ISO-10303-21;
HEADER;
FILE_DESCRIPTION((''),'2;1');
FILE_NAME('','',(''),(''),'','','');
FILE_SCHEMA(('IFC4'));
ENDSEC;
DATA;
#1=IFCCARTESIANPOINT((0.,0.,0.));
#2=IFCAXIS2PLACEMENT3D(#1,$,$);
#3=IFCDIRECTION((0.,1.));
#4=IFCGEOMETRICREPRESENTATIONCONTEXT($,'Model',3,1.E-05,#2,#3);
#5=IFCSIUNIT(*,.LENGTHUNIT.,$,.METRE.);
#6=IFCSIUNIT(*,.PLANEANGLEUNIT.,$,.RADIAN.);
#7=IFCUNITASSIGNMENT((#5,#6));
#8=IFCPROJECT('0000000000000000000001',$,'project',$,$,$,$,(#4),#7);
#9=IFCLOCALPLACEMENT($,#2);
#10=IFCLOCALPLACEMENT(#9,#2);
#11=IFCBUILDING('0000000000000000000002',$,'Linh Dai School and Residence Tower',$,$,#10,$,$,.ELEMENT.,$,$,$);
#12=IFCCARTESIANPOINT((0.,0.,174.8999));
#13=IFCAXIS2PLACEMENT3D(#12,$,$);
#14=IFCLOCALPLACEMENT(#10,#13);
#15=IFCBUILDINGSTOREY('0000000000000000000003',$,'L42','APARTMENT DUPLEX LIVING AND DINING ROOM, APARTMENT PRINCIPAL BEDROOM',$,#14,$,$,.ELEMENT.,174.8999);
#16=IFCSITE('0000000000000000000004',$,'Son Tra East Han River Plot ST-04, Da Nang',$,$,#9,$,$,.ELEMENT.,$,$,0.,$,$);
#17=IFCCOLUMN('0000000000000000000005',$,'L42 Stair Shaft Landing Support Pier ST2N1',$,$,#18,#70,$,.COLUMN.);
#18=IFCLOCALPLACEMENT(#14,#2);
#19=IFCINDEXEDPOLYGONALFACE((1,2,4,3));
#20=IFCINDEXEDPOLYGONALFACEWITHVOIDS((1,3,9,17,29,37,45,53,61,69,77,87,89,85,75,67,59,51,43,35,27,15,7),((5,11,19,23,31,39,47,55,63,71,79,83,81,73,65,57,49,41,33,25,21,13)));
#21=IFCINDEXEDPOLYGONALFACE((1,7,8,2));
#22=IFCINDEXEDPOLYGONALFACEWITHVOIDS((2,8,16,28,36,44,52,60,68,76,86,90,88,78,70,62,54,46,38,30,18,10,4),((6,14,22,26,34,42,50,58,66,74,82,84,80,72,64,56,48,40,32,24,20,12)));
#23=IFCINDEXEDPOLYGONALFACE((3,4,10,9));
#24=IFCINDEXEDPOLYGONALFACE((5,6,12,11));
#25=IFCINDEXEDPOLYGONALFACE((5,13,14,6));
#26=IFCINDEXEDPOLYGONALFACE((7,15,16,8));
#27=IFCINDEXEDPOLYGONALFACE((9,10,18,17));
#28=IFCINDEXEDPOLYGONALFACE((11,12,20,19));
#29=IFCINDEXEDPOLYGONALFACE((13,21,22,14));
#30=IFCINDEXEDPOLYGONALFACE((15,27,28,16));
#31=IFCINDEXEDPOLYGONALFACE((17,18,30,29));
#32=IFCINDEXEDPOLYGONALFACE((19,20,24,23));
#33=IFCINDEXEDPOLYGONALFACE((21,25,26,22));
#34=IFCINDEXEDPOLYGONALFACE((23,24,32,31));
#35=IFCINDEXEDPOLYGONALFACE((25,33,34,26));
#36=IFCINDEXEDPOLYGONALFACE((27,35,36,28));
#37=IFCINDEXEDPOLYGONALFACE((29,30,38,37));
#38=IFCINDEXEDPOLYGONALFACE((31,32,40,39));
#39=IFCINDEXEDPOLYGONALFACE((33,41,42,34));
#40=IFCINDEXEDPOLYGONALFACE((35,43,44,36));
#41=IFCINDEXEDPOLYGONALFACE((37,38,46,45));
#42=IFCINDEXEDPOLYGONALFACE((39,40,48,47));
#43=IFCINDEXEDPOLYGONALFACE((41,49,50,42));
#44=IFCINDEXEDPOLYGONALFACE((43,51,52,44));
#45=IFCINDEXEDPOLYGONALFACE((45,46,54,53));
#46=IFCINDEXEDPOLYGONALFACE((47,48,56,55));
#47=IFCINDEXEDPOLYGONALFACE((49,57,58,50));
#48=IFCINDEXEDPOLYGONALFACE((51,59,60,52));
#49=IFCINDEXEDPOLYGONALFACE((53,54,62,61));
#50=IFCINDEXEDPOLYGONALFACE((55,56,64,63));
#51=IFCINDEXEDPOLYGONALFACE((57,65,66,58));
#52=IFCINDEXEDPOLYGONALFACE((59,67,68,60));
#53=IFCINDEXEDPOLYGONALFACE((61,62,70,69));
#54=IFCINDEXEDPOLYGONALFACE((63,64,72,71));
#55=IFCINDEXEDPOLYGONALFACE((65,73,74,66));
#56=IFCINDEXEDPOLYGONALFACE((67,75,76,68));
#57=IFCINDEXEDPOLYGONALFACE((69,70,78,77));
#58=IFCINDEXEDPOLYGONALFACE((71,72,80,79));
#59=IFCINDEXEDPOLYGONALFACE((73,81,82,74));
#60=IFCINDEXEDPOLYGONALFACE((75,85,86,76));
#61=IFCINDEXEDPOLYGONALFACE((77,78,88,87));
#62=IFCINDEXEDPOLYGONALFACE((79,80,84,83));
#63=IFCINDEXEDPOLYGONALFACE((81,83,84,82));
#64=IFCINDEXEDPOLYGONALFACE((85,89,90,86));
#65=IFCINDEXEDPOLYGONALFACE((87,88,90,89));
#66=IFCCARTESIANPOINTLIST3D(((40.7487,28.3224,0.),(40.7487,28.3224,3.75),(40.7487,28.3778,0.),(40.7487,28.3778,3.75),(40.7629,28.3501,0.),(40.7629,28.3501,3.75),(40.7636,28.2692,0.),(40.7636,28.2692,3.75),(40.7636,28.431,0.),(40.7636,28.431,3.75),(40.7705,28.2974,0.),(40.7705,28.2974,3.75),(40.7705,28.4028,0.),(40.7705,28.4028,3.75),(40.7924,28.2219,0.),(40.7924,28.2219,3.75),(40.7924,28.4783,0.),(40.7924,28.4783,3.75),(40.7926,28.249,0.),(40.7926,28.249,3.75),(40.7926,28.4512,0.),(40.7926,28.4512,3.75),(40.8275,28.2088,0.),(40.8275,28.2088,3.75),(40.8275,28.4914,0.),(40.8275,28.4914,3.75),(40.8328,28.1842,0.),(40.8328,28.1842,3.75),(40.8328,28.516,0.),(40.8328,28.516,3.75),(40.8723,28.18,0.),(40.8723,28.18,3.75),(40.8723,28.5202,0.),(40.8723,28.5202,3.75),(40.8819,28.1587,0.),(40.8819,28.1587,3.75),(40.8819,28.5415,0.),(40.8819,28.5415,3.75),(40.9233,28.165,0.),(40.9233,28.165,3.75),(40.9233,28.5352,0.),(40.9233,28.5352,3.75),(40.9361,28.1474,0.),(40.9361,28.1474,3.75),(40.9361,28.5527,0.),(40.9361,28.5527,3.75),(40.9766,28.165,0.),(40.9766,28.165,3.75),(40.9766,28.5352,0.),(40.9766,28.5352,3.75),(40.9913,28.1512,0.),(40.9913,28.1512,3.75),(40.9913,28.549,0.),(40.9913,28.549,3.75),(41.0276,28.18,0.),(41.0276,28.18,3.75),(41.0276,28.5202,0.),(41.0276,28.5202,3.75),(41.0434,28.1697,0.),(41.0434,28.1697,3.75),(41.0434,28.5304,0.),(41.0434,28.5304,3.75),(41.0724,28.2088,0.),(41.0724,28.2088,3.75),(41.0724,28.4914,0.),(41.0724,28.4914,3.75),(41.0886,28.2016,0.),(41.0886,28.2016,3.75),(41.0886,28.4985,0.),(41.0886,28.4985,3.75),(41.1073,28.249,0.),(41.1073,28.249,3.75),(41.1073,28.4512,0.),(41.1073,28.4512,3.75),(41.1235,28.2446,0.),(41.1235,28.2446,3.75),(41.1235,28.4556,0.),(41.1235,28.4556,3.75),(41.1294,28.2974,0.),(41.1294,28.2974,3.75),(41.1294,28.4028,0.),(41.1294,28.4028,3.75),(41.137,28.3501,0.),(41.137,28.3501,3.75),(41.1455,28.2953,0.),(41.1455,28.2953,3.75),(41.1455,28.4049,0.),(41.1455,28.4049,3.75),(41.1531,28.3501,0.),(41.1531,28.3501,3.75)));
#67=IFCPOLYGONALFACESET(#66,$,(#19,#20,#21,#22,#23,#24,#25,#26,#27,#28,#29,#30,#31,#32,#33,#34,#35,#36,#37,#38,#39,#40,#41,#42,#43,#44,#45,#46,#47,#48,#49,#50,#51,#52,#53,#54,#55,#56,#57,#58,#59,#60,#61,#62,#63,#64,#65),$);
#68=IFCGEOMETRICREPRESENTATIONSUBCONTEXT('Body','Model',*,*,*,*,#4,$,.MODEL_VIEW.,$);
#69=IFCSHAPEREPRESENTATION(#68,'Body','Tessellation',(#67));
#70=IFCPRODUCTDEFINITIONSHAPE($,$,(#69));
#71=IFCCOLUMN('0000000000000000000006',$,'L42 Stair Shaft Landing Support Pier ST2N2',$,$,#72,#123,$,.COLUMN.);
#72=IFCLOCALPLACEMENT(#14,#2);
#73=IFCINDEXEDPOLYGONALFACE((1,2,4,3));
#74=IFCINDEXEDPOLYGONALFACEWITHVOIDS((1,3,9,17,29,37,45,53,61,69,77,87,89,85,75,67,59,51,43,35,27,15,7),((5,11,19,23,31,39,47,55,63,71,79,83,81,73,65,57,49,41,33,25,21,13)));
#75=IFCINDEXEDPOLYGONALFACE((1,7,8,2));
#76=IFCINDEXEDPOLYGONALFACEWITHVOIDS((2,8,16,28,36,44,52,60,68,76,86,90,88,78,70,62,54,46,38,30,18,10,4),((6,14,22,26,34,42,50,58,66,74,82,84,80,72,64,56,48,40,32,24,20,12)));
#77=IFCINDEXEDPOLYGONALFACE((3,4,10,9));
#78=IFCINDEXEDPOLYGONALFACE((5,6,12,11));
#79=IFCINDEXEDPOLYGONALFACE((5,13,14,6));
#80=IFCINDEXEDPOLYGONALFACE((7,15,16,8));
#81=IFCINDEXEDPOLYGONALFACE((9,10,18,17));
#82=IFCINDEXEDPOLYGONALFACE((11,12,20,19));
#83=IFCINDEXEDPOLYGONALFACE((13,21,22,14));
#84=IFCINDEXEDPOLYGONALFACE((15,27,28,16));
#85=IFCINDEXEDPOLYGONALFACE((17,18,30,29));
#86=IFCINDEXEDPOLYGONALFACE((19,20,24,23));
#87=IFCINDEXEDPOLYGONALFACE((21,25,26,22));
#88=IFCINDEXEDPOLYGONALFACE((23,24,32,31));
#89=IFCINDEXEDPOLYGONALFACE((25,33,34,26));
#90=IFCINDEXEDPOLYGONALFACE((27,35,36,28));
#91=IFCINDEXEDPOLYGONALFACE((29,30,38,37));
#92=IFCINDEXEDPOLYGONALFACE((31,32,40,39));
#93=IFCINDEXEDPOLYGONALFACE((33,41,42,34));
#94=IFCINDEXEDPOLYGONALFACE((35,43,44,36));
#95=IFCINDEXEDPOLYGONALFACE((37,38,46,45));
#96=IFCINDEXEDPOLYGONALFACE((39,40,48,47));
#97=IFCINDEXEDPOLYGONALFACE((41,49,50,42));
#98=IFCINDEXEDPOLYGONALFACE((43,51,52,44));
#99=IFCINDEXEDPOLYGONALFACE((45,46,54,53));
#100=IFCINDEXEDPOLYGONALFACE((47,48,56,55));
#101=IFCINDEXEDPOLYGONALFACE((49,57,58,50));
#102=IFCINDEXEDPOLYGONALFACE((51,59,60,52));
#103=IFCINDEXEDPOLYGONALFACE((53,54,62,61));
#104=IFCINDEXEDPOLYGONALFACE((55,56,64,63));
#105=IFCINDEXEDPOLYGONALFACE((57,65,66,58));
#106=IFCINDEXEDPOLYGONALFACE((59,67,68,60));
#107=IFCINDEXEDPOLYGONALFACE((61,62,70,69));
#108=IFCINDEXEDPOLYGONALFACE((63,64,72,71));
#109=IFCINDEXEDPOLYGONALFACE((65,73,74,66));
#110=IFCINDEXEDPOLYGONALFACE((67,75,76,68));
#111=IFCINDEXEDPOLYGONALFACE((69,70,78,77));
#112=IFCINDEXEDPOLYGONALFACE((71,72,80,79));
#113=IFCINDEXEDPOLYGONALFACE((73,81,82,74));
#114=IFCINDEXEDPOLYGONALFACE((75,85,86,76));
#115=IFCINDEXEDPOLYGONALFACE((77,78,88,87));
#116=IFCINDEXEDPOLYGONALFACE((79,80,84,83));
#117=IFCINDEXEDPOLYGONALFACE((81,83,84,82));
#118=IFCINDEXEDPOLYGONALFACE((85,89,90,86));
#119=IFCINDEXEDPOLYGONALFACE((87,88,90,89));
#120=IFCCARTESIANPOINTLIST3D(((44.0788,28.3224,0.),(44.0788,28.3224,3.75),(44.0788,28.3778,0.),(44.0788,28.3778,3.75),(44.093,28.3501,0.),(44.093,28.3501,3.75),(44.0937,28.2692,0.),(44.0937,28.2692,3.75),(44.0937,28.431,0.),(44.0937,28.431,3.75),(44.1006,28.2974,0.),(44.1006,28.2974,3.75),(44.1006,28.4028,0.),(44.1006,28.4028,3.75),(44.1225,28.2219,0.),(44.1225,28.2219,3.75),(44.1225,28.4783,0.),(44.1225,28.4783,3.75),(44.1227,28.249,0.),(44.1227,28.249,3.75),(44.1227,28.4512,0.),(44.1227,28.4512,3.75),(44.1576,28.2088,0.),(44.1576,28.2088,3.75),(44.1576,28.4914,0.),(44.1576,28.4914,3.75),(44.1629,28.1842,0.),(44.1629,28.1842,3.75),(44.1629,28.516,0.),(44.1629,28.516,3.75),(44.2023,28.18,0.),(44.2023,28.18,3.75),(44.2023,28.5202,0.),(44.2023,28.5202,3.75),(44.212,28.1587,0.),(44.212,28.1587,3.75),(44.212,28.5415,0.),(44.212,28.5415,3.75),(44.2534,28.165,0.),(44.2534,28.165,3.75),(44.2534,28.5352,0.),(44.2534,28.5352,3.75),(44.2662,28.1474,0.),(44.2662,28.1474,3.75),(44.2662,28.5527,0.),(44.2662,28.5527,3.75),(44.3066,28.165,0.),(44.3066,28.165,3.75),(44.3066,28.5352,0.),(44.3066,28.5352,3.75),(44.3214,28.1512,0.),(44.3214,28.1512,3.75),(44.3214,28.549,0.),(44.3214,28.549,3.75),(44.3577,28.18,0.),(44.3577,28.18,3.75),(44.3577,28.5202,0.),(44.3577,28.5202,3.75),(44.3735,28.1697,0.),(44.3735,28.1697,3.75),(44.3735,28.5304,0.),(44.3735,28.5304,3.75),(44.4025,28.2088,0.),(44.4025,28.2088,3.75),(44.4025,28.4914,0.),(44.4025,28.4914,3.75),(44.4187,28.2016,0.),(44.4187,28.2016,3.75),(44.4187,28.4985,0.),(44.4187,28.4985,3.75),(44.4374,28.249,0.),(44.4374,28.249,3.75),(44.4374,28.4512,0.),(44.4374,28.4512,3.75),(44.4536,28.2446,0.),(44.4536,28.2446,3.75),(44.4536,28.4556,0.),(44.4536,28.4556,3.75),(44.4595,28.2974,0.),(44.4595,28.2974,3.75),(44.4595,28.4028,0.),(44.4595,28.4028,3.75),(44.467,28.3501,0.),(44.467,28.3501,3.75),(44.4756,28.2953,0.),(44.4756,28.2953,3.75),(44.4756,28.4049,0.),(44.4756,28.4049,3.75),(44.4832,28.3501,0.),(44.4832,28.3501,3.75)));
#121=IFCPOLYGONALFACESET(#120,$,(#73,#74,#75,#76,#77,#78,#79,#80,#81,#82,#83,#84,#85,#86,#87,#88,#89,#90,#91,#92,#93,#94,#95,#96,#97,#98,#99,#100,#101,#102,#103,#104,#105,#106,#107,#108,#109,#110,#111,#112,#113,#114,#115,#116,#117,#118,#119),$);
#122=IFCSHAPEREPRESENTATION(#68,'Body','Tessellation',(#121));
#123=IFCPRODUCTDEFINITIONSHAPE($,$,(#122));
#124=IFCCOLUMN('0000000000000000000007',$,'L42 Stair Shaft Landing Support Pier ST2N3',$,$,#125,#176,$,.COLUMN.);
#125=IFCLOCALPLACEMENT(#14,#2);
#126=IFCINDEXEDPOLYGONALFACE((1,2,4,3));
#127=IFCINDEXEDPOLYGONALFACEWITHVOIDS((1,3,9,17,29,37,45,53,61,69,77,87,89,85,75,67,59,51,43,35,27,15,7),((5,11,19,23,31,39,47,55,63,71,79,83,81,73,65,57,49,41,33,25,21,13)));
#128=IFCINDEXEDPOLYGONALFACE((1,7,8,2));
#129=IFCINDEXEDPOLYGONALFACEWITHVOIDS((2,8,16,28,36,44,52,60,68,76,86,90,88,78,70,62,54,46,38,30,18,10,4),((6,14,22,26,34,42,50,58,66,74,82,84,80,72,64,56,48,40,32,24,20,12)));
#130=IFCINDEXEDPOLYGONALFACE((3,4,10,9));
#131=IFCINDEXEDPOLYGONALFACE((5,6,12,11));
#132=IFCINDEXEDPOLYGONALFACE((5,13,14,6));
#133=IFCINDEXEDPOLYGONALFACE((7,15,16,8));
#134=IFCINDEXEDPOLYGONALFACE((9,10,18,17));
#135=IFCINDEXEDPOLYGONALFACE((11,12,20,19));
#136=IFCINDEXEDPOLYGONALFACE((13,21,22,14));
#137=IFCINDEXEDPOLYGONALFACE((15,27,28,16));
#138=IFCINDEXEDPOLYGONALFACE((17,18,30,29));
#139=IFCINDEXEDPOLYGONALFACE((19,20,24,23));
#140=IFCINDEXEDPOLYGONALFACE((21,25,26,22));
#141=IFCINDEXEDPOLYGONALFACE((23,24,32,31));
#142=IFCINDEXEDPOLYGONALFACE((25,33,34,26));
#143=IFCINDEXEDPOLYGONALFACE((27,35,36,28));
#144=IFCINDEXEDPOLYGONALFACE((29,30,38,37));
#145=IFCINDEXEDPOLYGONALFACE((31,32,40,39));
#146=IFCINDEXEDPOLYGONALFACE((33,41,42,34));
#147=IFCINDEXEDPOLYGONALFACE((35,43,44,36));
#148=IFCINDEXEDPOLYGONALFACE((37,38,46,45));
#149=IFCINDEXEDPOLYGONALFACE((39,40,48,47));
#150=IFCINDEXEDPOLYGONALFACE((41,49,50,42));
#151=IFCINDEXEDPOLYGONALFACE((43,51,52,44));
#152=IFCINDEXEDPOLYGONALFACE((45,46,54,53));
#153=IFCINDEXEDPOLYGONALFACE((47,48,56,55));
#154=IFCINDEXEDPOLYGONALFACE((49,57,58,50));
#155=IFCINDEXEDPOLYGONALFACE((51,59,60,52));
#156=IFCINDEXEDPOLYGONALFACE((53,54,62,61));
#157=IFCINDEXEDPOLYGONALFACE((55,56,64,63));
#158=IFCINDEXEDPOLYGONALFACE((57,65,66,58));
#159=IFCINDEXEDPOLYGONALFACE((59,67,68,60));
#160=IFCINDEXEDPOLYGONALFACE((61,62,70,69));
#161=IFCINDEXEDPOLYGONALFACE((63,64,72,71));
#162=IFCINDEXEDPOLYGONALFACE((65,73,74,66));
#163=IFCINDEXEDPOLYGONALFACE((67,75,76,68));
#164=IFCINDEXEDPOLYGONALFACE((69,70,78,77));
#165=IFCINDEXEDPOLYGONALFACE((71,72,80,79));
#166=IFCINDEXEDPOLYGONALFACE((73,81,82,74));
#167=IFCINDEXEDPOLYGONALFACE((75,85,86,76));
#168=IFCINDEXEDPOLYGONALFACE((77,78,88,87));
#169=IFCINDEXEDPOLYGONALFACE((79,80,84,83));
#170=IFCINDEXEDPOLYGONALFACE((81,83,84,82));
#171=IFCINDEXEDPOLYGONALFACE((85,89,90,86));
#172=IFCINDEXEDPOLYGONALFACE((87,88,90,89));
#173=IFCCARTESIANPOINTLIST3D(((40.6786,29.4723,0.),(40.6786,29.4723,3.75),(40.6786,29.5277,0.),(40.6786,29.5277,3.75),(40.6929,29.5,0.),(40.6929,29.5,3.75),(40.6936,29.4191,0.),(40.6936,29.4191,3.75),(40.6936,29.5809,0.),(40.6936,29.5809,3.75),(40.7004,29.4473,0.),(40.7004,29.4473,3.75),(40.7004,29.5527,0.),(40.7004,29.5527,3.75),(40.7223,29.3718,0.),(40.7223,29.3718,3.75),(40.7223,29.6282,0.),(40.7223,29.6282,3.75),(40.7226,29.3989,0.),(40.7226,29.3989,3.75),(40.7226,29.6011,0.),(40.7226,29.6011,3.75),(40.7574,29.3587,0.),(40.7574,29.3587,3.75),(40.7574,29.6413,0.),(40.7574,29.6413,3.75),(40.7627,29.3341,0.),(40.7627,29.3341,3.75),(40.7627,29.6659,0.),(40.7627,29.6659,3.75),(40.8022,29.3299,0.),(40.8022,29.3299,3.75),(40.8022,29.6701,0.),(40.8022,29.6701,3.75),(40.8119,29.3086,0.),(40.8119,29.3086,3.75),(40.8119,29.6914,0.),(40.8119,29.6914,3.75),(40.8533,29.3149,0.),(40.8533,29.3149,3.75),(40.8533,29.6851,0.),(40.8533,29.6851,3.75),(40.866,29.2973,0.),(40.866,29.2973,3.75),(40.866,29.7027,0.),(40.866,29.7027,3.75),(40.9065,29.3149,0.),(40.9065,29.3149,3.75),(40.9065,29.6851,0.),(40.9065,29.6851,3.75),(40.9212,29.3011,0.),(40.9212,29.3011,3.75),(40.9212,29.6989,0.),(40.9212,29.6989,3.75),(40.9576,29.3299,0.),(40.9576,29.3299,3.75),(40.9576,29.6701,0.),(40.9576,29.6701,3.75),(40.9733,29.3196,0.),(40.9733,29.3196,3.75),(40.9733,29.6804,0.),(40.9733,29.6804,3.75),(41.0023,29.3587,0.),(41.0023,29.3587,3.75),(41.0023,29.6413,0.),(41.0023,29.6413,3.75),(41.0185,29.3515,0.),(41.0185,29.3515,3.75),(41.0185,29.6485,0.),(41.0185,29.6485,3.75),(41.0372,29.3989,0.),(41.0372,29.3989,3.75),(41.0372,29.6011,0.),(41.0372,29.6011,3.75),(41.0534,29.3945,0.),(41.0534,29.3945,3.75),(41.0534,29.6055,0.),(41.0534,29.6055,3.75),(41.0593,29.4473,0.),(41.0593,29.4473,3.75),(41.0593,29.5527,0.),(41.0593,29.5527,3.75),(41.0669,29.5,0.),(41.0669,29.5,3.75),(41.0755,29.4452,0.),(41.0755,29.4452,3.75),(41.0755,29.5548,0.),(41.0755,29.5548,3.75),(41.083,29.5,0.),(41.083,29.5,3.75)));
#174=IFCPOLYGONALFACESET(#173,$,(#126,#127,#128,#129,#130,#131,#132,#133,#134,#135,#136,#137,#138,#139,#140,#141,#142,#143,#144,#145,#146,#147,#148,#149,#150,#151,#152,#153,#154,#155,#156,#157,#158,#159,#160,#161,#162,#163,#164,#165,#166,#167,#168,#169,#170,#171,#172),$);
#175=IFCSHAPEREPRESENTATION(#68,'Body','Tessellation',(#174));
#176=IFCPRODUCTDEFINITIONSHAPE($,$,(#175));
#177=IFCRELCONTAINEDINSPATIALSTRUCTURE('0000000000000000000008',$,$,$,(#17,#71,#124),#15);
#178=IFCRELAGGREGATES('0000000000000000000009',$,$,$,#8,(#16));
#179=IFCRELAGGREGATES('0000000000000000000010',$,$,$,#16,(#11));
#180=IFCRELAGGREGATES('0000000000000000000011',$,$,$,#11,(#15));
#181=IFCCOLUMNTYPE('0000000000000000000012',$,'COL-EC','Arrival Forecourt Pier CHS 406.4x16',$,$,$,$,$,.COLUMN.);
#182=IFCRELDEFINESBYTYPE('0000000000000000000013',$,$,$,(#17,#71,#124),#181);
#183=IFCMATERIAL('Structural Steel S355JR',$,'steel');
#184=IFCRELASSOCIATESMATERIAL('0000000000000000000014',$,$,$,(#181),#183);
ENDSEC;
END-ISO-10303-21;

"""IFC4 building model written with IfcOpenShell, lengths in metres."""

from ifc_helpers import new_model, si_unit, direction, frame, origin, origin_2d, place, context, subcontext, project, spatial, hollow_circle, extrude, material, material_profile, profile_set, type_object, element, save


model = new_model("IFC4")

# Units and contexts
model_context = context("Model", 3, precision=1e-05, world=origin(), true_north=direction((0.0, 1.0)))
body_context = subcontext(model_context, "Body", "Model", "MODEL_VIEW")
ifc_project = project(units=[si_unit("LENGTHUNIT", "METRE"), si_unit("PLANEANGLEUNIT", "RADIAN")], contexts=[model_context])

# Site, building, storey
site_placement = place(None, origin())
site = spatial("IfcSite", under=ifc_project, at=site_placement, Name="Son Tra East Han River Plot ST-04, Da Nang", CompositionType="ELEMENT", RefElevation=0.0)
building_placement = place(site_placement, origin())
building = spatial("IfcBuilding", under=site, at=building_placement, Name="Linh Dai School and Residence Tower", CompositionType="ELEMENT")
storey_placement = place(building_placement, frame((0.0, 0.0, 174.8999)))
storey = spatial("IfcBuildingStorey", under=building, at=storey_placement, Name="L42", Description="APARTMENT DUPLEX LIVING AND DINING ROOM, APARTMENT PRINCIPAL BEDROOM", CompositionType="ELEMENT", Elevation=174.8999)

# Columns
ifc_material_1 = material(Name="Structural Steel S355JR", Category="steel")
ifc_material_profile_1 = material_profile(ifc_material_1, hollow_circle(Radius=0.2031, WallThickness=0.0161, at=origin_2d()), Name="CHS 406.4x16")
ifc_profile_set_1 = profile_set([ifc_material_profile_1], Name="Structural Steel S355JR")
column_type_1 = type_object("IfcColumnType", Name="COL-EC", Description="Arrival Forecourt Pier CHS 406.4x16", PredefinedType="COLUMN", material=ifc_profile_set_1)
for number, where, z_axis, x_axis, name in (
    (1, (40.95, 28.3501, 0.0), (0.0, 0.0, 1.0), (1.0, 0.0, 0.0), "L42 Stair Shaft Landing Support Pier ST2N1"),
    (2, (44.28, 28.3501, 0.0), (0.0, 0.0, 1.0), (1.0, 0.0, 0.0), "L42 Stair Shaft Landing Support Pier ST2N2"),
    (3, (40.8799, 29.5, 0.0), (0.0, 0.0, 1.0), (1.0, 0.0, 0.0), "L42 Stair Shaft Landing Support Pier ST2N3"),
):
    element("IfcColumn", number, at=place(storey_placement, frame(where, z_axis=z_axis, x_axis=x_axis)), inside=storey, type_object=column_type_1, Name=name, PredefinedType="COLUMN", context=body_context, shape_type="SweptSolid", body=[
        extrude(hollow_circle(Radius=0.2031, WallThickness=0.0161, at=origin_2d()), origin(), (0.0, 0.0, 1.0), 3.75),
    ])

save(model, "model.ifc")
